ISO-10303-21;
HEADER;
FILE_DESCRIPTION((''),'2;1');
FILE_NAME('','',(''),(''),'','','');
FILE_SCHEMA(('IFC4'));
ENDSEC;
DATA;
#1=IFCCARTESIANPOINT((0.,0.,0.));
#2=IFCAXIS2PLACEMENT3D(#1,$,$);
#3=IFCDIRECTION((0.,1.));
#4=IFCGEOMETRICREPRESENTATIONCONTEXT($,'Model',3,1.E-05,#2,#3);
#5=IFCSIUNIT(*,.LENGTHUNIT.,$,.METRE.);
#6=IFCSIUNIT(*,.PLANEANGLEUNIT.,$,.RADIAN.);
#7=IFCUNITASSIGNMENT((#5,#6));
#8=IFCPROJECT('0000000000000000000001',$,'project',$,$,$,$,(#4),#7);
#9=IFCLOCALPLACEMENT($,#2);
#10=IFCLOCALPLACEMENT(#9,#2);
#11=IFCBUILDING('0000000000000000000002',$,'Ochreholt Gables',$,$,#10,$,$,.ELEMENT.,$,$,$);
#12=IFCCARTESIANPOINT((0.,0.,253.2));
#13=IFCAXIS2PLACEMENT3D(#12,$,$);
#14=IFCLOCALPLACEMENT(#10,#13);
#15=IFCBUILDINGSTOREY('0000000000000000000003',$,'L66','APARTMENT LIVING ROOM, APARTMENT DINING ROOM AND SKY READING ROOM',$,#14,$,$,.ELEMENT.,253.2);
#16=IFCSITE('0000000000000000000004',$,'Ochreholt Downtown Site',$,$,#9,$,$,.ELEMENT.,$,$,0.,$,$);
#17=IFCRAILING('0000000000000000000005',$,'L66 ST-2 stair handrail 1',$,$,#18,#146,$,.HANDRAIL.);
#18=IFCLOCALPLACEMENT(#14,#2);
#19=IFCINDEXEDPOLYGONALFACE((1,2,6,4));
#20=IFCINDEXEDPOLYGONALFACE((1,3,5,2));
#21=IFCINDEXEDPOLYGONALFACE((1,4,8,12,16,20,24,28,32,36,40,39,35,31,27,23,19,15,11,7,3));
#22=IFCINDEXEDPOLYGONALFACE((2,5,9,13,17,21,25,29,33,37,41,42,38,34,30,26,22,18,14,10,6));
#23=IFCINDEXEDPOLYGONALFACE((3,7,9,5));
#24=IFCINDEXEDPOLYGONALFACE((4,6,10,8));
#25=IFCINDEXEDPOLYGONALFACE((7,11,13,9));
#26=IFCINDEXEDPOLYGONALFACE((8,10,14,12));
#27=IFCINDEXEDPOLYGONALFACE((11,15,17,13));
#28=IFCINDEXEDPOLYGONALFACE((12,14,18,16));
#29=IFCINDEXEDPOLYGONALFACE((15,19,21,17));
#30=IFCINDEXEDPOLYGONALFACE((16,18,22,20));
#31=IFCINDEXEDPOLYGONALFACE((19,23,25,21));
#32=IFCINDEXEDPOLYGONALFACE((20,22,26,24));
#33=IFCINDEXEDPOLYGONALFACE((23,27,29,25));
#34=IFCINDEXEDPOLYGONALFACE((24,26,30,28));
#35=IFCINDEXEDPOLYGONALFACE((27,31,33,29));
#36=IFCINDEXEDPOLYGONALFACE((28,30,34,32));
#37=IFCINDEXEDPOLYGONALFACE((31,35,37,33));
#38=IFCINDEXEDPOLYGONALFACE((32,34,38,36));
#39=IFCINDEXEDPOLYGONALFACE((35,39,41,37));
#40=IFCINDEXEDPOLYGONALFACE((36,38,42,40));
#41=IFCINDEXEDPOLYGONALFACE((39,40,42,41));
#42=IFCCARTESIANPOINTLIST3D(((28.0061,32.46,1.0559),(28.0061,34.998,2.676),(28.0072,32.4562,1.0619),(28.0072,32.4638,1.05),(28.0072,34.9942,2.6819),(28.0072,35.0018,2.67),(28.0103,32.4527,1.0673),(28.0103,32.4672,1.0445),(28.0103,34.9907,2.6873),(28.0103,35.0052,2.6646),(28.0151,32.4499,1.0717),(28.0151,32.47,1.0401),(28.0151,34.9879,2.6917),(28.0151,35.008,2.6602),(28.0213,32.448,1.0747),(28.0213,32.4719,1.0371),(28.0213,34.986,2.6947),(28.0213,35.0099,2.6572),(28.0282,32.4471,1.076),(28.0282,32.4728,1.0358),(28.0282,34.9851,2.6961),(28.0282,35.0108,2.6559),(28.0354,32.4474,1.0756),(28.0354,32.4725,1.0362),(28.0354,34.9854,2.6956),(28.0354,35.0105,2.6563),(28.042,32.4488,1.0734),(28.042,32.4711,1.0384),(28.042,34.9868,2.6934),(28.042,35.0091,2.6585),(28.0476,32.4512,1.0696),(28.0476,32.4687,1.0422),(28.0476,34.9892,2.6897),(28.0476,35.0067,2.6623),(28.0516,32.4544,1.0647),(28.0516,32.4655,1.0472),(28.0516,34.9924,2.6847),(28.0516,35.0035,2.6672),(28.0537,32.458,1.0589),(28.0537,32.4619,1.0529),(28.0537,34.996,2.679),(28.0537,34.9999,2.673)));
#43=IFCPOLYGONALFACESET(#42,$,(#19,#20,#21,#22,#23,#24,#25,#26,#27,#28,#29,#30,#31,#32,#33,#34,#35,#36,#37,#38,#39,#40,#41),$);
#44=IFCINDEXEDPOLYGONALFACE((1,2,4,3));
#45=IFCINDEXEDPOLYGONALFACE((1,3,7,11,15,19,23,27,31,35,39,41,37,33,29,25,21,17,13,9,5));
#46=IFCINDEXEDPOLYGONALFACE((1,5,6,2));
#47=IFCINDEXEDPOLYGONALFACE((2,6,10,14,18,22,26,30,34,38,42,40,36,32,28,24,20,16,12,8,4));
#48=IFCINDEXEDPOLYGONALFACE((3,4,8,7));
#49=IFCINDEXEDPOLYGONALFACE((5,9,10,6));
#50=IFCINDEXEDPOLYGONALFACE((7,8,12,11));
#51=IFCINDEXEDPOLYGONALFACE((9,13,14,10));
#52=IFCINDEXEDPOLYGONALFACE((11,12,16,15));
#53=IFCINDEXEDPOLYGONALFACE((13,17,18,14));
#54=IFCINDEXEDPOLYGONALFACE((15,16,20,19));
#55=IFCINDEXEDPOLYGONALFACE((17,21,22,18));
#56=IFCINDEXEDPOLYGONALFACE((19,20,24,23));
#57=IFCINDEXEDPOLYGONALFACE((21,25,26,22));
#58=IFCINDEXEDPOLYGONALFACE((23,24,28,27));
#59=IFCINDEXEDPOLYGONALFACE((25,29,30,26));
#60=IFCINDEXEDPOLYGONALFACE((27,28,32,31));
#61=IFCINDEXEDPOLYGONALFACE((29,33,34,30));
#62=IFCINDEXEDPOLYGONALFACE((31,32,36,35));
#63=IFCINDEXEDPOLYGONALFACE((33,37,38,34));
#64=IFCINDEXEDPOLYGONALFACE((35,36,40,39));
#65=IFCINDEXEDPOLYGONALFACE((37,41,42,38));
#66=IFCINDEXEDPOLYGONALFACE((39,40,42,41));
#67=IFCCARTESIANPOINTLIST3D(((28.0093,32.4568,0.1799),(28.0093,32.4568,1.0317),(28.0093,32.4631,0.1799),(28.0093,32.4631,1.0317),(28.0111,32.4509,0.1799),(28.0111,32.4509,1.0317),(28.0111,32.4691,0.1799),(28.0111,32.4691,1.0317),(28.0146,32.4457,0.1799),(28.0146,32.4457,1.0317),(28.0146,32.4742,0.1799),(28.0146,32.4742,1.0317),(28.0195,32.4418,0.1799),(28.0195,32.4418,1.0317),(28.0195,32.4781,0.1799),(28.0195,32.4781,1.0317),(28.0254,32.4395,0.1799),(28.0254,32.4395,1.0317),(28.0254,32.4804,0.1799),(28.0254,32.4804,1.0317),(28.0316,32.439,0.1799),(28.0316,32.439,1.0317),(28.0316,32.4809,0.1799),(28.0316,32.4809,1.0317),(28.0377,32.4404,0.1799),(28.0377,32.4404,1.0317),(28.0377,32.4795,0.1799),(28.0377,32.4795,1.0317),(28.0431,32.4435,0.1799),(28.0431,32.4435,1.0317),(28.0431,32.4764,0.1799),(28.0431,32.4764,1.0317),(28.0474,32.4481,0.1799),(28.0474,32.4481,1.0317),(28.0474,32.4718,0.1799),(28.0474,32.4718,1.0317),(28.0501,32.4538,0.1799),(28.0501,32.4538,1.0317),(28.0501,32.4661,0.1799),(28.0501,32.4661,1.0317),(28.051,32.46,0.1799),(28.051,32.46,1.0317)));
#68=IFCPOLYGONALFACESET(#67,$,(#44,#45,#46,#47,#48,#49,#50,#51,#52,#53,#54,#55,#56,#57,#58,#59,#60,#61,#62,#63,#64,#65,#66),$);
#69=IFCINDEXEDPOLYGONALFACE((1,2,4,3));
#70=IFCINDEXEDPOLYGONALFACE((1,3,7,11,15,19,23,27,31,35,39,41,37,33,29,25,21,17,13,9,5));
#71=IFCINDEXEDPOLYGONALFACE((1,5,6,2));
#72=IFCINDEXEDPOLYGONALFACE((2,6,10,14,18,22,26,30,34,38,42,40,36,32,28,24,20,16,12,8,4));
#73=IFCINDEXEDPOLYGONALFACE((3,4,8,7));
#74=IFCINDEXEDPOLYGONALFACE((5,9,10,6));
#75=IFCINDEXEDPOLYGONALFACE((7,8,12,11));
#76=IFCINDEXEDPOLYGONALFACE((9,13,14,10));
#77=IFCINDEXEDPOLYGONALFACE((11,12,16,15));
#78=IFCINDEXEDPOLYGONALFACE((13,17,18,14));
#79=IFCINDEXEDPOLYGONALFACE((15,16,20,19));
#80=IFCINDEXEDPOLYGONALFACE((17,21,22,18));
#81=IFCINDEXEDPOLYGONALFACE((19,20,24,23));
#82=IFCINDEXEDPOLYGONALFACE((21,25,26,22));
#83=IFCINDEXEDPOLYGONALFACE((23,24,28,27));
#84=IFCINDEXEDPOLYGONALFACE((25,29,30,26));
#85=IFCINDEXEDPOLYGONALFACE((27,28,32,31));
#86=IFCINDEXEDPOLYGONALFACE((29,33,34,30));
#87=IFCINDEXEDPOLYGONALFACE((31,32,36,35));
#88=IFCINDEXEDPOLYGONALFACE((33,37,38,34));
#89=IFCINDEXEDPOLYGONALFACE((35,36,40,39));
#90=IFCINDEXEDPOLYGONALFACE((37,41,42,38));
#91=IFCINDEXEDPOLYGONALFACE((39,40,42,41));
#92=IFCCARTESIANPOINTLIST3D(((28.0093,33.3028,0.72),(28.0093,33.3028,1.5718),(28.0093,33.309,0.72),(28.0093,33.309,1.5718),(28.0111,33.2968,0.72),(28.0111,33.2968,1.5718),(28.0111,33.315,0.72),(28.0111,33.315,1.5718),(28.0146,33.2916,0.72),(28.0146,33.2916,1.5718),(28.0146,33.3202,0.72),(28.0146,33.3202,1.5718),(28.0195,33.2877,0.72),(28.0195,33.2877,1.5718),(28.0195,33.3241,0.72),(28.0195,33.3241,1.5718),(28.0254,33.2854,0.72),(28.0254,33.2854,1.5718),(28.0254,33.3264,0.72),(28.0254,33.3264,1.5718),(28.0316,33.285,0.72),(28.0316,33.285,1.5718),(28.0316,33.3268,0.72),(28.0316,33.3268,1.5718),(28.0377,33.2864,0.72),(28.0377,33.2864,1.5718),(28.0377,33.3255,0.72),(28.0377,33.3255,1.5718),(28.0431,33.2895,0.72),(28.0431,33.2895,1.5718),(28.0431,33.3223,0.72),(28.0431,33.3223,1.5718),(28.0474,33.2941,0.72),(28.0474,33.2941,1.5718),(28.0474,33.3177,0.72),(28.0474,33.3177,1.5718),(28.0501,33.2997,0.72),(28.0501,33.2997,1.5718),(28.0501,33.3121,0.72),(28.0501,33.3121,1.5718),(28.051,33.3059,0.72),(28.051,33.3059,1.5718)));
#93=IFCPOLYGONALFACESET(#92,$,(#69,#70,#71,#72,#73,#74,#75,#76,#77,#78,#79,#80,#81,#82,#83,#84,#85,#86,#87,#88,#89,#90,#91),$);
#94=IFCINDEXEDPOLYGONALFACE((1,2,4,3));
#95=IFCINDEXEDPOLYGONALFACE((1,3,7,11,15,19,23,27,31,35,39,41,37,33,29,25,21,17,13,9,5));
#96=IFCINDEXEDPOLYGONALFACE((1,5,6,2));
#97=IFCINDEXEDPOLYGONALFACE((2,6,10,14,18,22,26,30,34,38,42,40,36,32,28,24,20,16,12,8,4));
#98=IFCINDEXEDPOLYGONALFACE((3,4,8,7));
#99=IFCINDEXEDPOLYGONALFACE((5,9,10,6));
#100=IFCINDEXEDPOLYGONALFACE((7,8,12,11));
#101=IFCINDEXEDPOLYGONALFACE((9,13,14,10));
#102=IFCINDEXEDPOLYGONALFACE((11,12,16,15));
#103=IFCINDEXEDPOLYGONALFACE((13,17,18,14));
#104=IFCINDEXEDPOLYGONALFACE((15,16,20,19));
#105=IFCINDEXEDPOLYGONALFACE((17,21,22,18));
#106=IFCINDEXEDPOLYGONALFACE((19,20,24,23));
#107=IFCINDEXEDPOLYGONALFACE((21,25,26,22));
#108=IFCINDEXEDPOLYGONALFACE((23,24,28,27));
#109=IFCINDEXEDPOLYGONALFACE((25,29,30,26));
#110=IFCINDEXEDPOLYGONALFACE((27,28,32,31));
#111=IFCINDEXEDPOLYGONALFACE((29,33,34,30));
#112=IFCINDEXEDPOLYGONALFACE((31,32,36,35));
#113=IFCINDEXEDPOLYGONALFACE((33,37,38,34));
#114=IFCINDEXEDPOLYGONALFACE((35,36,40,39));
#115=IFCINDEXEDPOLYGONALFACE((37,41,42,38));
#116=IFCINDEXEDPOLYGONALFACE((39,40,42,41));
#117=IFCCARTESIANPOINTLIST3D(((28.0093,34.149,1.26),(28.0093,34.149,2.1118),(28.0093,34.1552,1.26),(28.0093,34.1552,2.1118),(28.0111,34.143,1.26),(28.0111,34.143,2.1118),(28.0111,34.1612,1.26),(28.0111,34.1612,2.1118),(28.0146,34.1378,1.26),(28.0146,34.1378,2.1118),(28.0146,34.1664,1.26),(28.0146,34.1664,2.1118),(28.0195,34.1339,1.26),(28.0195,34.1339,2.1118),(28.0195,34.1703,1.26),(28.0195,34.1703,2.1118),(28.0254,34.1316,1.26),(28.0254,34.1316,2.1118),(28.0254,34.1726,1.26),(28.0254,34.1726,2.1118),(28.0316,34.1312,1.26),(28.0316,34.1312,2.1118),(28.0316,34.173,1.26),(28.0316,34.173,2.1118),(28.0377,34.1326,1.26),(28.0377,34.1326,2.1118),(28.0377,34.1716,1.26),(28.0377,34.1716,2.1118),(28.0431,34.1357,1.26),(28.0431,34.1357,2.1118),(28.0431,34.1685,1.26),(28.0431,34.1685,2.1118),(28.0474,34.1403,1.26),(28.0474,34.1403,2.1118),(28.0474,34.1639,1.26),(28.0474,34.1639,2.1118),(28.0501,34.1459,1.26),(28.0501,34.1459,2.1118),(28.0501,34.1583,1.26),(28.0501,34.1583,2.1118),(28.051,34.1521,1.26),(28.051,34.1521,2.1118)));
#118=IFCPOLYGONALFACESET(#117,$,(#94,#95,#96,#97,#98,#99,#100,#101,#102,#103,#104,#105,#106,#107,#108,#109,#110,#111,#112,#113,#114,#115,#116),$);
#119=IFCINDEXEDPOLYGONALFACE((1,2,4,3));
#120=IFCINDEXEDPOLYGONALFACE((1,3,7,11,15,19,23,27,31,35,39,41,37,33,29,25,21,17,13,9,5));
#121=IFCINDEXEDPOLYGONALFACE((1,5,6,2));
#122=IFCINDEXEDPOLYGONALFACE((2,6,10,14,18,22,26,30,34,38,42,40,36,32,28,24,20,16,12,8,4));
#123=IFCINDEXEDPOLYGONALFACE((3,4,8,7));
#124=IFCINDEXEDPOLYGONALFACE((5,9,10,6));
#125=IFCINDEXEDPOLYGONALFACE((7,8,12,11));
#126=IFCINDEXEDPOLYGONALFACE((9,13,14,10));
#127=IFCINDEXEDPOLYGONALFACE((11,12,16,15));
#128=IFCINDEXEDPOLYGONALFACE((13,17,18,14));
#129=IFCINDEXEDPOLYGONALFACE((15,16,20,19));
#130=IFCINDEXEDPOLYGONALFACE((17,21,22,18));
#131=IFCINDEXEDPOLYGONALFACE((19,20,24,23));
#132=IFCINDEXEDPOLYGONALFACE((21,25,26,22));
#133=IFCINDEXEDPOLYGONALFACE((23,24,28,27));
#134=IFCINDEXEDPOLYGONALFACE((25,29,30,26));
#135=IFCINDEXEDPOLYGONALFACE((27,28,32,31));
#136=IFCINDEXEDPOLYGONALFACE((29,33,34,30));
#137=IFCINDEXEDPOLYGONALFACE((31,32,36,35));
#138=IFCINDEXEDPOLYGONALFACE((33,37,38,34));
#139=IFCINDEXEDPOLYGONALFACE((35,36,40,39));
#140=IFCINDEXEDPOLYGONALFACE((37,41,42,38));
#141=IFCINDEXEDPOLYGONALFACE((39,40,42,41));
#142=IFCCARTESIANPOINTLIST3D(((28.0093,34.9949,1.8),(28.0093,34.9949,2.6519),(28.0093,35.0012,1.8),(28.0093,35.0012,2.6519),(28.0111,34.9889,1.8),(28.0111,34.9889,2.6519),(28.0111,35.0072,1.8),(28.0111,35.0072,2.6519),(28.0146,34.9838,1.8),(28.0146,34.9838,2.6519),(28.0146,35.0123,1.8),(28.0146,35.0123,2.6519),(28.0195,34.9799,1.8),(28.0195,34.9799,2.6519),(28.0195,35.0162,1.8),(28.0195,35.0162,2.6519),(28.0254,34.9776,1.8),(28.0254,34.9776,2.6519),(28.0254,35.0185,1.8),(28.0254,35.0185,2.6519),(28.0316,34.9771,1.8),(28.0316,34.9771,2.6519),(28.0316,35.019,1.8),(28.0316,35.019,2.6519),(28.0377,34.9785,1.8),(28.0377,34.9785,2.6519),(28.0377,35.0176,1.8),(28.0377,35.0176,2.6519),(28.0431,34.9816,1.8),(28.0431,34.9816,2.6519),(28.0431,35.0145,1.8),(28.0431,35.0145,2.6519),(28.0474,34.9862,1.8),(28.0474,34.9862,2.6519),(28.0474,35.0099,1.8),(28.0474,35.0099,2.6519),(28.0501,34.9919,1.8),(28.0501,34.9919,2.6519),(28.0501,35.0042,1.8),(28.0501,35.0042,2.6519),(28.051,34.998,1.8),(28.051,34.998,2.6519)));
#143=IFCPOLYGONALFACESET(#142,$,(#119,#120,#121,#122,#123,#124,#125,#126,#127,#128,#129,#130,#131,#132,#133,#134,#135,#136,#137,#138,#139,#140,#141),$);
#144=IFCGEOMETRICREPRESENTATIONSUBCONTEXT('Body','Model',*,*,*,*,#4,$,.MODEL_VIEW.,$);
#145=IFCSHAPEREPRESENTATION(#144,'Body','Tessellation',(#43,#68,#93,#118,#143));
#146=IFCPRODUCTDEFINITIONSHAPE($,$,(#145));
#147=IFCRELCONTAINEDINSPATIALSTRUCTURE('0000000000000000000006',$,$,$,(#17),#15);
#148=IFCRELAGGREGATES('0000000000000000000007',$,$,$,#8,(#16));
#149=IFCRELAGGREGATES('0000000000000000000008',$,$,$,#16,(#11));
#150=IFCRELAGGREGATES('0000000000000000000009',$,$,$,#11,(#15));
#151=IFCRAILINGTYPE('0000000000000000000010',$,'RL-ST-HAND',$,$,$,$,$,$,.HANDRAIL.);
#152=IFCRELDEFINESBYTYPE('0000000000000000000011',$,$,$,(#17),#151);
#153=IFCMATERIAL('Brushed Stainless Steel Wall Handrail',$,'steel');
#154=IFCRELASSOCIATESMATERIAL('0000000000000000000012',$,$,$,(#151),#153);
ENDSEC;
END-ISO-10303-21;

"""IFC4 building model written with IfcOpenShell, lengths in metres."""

from ifc_helpers import new_model, si_unit, direction, frame, origin, origin_2d, place, context, subcontext, project, spatial, circle, extrude, material, type_object, element, save


model = new_model("IFC4")

# Units and contexts
model_context = context("Model", 3, precision=1e-05, world=origin(), true_north=direction((0.0, 1.0)))
body_context = subcontext(model_context, "Body", "Model", "MODEL_VIEW")
ifc_project = project(units=[si_unit("LENGTHUNIT", "METRE"), si_unit("PLANEANGLEUNIT", "RADIAN")], contexts=[model_context])

# Site, building, storey
site_placement = place(None, origin())
site = spatial("IfcSite", under=ifc_project, at=site_placement, Name="Ochreholt Downtown Site", CompositionType="ELEMENT", RefElevation=0.0)
building_placement = place(site_placement, origin())
building = spatial("IfcBuilding", under=site, at=building_placement, Name="Ochreholt Gables", CompositionType="ELEMENT")
storey_placement = place(building_placement, frame((0.0, 0.0, 253.2)))
storey = spatial("IfcBuildingStorey", under=building, at=storey_placement, Name="L66", Description="APARTMENT LIVING ROOM, APARTMENT DINING ROOM AND SKY READING ROOM", CompositionType="ELEMENT", Elevation=253.2)

# Railing
ifc_material_1 = material(Name="Brushed Stainless Steel Wall Handrail", Category="steel")
railing_type_1 = type_object("IfcRailingType", Name="RL-ST-HAND", PredefinedType="HANDRAIL", material=ifc_material_1)
railing_1_placement = place(storey_placement, frame((28.03, 32.46, 0.1799)))
element("IfcRailing", 1, at=railing_1_placement, inside=storey, type_object=railing_type_1, Name="L66 ST-2 stair handrail 1", PredefinedType="HANDRAIL", context=body_context, shape_type="SweptSolid", body=[
    extrude(circle(Radius=0.0239, at=origin_2d()), frame((0.0, 0.0, 0.876), z_axis=(0.0, 0.842913, 0.53805), x_axis=(-1.0, 0.0, 0.0)), (0.0, 0.0, 1.0), 3.011),
    extrude(circle(Radius=0.021, at=origin_2d()), origin(), (0.0, 0.0, 1.0), 0.8518),
    extrude(circle(Radius=0.021, at=origin_2d()), frame((0.0, 0.8459, 0.54)), (0.0, 0.0, 1.0), 0.8518),
    extrude(circle(Radius=0.021, at=origin_2d()), frame((0.0, 1.6921, 1.0801)), (0.0, 0.0, 1.0), 0.8518),
    extrude(circle(Radius=0.021, at=origin_2d()), frame((0.0, 2.5381, 1.6201)), (0.0, 0.0, 1.0), 0.8518),
])

save(model, "model.ifc")
